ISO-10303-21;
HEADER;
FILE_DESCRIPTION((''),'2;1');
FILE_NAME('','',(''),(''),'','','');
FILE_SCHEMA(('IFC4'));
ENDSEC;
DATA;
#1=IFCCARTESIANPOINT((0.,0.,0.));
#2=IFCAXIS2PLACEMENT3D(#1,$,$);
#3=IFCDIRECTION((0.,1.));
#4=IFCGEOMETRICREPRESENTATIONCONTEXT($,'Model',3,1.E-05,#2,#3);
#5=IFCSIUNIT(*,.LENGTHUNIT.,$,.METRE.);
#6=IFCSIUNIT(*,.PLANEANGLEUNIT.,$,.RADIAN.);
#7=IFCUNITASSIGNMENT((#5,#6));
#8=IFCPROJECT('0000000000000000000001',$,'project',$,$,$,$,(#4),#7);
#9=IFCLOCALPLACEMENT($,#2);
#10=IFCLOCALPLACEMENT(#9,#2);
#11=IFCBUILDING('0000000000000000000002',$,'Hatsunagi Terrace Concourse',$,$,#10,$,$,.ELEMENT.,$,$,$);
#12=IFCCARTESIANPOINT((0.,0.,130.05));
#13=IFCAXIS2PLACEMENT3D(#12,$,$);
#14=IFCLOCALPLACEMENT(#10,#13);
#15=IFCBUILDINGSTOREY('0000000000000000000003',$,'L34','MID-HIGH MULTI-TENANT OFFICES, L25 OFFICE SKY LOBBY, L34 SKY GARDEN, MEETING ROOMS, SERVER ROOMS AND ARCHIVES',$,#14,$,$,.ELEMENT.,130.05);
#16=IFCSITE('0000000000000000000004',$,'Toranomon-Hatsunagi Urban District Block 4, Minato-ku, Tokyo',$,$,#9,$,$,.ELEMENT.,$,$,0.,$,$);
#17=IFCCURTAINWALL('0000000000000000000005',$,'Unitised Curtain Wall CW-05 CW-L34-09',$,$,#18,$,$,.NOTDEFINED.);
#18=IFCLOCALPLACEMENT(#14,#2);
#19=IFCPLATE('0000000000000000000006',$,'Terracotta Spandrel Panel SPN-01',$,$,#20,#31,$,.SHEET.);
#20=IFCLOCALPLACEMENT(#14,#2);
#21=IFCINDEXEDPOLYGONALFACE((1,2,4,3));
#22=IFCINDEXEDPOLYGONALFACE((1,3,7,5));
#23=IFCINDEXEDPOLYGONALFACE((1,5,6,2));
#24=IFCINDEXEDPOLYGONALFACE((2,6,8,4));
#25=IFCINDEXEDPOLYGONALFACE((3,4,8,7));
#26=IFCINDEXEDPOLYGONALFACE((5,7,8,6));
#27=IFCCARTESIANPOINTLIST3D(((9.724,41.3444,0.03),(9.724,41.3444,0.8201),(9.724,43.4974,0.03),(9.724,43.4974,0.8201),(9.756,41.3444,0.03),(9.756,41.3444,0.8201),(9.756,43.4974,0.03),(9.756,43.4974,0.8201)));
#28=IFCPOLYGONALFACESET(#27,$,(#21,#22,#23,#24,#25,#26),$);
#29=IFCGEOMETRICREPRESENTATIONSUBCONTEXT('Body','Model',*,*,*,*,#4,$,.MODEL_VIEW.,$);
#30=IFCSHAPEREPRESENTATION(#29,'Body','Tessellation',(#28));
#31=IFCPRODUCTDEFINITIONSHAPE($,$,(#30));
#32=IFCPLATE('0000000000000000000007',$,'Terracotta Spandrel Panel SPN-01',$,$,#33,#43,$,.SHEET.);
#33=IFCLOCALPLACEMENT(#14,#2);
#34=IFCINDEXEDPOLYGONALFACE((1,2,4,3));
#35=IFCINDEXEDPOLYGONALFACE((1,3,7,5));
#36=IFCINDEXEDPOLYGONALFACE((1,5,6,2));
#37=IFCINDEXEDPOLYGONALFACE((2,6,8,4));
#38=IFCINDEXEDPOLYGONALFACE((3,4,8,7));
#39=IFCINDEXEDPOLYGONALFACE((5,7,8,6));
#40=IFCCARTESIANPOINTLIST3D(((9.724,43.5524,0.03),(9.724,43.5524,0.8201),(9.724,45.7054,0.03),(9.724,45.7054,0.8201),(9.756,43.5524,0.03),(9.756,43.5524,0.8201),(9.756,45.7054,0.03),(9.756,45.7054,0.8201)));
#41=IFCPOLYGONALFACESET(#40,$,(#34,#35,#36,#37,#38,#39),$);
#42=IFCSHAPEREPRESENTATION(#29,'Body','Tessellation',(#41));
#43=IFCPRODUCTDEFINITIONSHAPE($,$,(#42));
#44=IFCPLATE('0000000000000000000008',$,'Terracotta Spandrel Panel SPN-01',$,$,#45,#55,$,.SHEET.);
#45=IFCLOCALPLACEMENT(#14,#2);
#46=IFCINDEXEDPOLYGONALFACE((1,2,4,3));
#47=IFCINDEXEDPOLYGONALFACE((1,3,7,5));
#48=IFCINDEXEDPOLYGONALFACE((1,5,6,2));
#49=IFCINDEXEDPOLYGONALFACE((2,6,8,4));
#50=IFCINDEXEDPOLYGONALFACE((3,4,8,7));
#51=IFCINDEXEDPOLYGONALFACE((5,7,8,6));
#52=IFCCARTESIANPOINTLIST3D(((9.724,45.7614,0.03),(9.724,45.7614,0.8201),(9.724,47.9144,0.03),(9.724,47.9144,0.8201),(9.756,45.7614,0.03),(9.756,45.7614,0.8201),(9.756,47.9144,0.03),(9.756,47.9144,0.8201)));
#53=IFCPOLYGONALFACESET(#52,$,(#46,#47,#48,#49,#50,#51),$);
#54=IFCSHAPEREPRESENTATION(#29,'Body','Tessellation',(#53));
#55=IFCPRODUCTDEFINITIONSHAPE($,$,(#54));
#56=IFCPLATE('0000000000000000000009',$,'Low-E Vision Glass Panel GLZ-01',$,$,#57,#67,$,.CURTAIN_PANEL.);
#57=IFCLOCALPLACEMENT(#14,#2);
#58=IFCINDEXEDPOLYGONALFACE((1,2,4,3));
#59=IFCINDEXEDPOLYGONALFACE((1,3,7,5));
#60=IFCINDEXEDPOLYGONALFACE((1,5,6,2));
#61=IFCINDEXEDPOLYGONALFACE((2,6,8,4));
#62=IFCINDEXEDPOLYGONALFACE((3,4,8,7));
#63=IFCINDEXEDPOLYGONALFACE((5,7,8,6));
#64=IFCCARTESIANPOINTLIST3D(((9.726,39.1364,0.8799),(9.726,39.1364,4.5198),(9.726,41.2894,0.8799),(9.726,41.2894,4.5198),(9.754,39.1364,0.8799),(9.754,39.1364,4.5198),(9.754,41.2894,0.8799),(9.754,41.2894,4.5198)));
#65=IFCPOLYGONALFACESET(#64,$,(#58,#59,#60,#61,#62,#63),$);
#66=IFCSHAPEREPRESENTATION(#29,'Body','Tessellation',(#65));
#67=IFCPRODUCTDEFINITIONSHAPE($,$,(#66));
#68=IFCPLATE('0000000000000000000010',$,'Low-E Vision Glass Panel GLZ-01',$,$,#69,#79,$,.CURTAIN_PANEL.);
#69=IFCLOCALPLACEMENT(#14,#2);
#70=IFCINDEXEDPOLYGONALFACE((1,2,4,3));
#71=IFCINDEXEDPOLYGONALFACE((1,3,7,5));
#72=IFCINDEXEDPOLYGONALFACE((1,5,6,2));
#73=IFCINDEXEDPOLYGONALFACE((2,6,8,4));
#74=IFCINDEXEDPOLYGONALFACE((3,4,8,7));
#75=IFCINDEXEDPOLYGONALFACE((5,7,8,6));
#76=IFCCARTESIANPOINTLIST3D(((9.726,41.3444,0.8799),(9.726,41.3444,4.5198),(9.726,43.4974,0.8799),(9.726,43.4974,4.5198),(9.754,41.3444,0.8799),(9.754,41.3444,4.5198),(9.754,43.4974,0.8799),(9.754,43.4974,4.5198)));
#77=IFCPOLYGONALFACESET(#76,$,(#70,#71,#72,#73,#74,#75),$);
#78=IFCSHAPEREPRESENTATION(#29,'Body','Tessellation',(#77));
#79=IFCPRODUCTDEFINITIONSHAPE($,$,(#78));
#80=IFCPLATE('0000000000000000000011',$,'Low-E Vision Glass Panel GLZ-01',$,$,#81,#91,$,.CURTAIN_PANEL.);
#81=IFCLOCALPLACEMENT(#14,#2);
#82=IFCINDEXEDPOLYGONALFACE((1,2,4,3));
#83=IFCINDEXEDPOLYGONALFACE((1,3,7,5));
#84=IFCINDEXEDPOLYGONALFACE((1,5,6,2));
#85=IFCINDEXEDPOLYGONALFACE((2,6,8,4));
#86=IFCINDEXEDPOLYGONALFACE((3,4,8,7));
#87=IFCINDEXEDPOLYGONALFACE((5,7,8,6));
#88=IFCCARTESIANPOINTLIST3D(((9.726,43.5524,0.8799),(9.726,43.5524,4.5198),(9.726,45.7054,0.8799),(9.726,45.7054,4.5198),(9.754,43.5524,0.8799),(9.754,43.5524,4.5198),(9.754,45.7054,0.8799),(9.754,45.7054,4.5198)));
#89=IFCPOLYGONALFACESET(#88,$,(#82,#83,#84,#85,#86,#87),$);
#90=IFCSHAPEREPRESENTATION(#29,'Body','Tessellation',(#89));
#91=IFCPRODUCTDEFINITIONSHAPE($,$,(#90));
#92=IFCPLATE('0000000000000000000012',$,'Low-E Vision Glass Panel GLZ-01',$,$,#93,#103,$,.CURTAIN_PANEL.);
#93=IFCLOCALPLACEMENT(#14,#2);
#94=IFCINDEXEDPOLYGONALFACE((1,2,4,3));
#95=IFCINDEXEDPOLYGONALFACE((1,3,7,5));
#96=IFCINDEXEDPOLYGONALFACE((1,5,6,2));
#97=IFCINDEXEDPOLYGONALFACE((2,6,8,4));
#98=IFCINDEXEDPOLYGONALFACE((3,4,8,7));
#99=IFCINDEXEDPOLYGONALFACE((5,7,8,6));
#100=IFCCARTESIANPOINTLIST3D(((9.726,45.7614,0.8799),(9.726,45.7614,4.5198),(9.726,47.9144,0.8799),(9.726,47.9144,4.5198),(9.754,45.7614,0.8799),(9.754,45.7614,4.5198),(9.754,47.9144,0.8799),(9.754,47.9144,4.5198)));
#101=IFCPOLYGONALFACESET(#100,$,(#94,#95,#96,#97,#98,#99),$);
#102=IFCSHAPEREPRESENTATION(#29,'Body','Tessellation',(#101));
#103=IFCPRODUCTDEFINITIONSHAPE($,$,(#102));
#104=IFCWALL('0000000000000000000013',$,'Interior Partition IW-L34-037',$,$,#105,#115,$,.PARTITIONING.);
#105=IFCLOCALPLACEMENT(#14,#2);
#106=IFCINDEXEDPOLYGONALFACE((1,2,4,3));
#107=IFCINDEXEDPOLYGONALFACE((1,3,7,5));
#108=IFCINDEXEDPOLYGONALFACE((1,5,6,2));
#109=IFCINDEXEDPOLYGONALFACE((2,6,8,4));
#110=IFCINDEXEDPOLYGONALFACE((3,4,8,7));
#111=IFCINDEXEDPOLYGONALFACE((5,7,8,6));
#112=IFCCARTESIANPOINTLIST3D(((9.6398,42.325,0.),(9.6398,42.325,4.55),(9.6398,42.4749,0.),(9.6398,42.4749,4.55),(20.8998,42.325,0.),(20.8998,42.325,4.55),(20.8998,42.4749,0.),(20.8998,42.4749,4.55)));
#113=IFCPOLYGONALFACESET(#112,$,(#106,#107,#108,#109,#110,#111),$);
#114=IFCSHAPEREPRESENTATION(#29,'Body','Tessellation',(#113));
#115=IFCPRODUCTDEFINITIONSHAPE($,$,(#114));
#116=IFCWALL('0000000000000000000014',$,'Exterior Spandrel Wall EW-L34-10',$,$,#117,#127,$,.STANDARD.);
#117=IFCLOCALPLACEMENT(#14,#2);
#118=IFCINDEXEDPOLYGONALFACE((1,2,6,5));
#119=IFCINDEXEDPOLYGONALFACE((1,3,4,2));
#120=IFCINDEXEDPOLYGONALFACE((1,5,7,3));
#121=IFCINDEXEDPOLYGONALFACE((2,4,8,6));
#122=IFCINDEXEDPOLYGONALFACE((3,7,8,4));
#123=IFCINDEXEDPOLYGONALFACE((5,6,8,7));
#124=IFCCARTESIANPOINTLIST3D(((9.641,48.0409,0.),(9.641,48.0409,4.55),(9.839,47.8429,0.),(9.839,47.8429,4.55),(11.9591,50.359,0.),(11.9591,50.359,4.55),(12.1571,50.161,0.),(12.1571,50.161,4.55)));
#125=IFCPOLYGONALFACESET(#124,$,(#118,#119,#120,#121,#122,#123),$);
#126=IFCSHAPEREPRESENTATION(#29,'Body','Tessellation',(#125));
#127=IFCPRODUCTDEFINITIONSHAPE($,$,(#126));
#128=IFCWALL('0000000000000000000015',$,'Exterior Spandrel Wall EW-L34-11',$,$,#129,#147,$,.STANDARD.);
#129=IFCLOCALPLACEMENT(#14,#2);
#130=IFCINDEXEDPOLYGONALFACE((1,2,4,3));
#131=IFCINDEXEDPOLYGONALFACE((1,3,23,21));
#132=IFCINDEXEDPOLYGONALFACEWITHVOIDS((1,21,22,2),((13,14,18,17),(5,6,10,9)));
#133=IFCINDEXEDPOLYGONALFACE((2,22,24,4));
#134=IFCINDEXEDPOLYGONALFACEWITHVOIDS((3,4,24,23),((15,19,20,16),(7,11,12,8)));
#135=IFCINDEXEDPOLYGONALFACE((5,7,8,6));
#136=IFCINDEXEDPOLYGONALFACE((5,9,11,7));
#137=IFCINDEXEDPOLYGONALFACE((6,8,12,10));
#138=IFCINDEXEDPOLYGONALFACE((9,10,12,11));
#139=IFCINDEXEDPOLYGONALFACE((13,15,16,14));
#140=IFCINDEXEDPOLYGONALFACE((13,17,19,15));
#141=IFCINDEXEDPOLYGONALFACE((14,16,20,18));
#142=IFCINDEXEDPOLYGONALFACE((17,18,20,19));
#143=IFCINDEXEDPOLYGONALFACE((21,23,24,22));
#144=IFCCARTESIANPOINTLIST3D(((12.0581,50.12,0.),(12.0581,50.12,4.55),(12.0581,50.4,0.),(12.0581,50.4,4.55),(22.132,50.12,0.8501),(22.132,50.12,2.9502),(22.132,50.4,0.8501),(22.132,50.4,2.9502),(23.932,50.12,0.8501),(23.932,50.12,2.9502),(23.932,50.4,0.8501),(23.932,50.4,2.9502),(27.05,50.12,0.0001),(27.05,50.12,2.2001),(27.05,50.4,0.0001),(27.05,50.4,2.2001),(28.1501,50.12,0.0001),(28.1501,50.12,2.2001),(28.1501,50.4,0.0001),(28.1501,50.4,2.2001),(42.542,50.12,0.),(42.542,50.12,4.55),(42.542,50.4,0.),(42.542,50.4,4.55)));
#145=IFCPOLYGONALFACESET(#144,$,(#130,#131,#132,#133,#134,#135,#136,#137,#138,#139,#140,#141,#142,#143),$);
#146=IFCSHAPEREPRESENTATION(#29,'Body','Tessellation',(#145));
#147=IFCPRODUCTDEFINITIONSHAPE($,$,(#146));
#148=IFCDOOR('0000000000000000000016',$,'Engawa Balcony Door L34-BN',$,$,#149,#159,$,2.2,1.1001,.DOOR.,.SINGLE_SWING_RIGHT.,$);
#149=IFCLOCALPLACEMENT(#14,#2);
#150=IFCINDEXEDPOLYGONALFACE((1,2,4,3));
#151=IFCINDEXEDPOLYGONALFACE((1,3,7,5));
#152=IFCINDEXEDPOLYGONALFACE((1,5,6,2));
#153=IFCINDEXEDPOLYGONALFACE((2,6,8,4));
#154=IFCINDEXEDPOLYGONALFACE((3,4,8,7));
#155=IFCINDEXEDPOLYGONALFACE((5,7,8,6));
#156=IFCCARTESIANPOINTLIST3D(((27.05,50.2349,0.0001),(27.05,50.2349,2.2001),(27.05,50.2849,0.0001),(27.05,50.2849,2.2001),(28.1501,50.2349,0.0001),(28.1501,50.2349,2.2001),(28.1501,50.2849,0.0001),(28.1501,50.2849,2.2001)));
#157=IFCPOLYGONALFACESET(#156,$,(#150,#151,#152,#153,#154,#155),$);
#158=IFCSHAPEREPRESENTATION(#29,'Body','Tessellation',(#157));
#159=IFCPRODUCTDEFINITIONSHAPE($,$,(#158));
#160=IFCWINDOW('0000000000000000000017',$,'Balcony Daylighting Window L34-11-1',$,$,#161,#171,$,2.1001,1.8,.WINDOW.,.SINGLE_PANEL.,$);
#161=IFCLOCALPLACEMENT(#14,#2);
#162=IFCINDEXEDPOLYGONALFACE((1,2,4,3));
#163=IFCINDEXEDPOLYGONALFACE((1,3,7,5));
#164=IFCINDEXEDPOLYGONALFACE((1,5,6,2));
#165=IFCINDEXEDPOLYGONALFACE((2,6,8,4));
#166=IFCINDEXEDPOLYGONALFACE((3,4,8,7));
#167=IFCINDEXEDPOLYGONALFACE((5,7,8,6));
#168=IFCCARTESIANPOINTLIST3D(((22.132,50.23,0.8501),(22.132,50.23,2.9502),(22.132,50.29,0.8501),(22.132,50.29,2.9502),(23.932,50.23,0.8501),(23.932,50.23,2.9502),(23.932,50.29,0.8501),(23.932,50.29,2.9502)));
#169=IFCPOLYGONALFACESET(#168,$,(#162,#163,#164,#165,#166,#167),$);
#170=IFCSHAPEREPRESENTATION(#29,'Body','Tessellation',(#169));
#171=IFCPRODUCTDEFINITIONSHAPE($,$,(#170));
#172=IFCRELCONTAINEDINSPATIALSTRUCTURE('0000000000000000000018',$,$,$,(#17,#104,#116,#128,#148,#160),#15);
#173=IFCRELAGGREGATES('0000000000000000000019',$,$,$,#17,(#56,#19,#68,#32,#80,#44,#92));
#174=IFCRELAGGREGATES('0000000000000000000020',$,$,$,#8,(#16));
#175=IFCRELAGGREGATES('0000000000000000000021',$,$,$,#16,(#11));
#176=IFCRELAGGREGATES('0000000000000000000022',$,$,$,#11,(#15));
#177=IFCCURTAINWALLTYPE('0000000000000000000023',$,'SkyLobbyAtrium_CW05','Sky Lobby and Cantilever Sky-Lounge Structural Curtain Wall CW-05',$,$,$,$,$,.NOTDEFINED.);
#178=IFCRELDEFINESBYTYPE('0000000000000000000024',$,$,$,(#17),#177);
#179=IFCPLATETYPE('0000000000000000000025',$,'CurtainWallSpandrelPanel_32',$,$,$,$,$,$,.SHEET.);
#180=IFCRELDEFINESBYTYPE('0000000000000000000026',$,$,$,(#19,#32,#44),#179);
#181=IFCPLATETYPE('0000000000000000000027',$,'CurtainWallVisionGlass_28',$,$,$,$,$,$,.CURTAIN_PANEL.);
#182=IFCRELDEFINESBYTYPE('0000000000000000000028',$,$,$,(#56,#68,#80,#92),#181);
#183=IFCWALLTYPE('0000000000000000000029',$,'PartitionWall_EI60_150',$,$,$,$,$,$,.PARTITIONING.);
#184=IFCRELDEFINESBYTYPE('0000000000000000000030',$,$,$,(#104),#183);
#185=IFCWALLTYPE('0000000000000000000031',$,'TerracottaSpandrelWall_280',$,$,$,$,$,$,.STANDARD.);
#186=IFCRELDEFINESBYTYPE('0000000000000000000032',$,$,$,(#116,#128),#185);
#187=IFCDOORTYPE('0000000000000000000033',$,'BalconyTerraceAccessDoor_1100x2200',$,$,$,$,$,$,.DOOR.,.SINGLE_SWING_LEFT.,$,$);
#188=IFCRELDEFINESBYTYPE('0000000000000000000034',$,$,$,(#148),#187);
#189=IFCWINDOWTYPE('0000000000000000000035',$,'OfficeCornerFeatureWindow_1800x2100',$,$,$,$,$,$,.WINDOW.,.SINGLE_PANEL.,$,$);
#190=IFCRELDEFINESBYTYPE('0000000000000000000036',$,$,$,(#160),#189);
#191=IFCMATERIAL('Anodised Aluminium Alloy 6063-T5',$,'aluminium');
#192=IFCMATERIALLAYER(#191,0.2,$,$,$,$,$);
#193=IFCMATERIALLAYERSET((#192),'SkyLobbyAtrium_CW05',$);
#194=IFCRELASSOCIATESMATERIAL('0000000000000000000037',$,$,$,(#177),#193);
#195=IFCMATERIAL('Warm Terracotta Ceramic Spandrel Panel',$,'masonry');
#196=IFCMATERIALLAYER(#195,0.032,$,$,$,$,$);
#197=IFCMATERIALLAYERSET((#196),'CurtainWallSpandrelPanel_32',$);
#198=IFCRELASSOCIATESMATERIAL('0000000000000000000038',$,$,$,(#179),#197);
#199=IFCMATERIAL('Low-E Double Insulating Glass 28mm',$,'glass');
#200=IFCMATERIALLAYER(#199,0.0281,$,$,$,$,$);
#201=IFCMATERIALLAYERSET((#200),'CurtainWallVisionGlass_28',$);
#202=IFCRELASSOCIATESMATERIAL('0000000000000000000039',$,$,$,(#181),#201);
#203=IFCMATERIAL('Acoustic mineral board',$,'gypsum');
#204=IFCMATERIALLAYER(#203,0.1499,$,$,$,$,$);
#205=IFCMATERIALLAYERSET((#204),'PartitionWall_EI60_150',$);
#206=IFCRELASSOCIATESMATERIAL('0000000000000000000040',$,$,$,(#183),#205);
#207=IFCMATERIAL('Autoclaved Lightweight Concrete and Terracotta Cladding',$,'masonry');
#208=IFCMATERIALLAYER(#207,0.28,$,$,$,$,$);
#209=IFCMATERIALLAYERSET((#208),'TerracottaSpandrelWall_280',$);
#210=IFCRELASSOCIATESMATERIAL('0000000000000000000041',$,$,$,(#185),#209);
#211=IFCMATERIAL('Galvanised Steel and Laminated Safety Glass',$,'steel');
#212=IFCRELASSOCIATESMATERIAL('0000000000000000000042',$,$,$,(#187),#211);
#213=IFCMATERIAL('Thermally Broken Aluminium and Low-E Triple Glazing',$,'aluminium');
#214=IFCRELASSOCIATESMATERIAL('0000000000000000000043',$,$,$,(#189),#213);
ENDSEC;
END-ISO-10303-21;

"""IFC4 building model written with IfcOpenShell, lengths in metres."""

from ifc_helpers import new_model, si_unit, direction, frame, frame_2d, origin, origin_2d, place, context, subcontext, project, spatial, rectangle, extrude, material, layer, layer_set, type_object, element, fill, aggregate, save


model = new_model("IFC4")

# Units and contexts
model_context = context("Model", 3, precision=1e-05, world=origin(), true_north=direction((0.0, 1.0)))
body_context = subcontext(model_context, "Body", "Model", "MODEL_VIEW")
ifc_project = project(units=[si_unit("LENGTHUNIT", "METRE"), si_unit("PLANEANGLEUNIT", "RADIAN")], contexts=[model_context])

# Site, building, storey
site_placement = place(None, origin())
site = spatial("IfcSite", under=ifc_project, at=site_placement, Name="Toranomon-Hatsunagi Urban District Block 4, Minato-ku, Tokyo", CompositionType="ELEMENT", RefElevation=0.0)
building_placement = place(site_placement, origin())
building = spatial("IfcBuilding", under=site, at=building_placement, Name="Hatsunagi Terrace Concourse", CompositionType="ELEMENT")
storey_placement = place(building_placement, frame((0.0, 0.0, 130.05)))
storey = spatial("IfcBuildingStorey", under=building, at=storey_placement, Name="L34", Description="MID-HIGH MULTI-TENANT OFFICES, L25 OFFICE SKY LOBBY, L34 SKY GARDEN, MEETING ROOMS, SERVER ROOMS AND ARCHIVES", CompositionType="ELEMENT", Elevation=130.05)

# Curtain wall
ifc_material_1 = material(Name="Anodised Aluminium Alloy 6063-T5", Category="aluminium")
ifc_layer_1 = layer(ifc_material_1, 0.2)
ifc_layer_set_1 = layer_set([ifc_layer_1], Name="SkyLobbyAtrium_CW05")
curtain_wall_type = type_object("IfcCurtainWallType", Name="SkyLobbyAtrium_CW05", Description="Sky Lobby and Cantilever Sky-Lounge Structural Curtain Wall CW-05", PredefinedType="NOTDEFINED", material=ifc_layer_set_1)
curtain_wall_placement = place(storey_placement, origin())
curtain_wall = element("IfcCurtainWall", 1, at=curtain_wall_placement, inside=storey, type_object=curtain_wall_type, Name="Unitised Curtain Wall CW-05 CW-L34-09", PredefinedType="NOTDEFINED")

# Plates
ifc_material_2 = material(Name="Warm Terracotta Ceramic Spandrel Panel", Category="masonry")
ifc_layer_2 = layer(ifc_material_2, 0.032)
ifc_layer_set_2 = layer_set([ifc_layer_2], Name="CurtainWallSpandrelPanel_32")
plate_type_1 = type_object("IfcPlateType", Name="CurtainWallSpandrelPanel_32", PredefinedType="SHEET", material=ifc_layer_set_2)
plate_1_placement = place(storey_placement, frame((9.74, 42.4209, 0.03), z_axis=(0.0, 0.0, 1.0), x_axis=(0.0, 1.0, 0.0)))
plate_1 = element("IfcPlate", 2, at=plate_1_placement, type_object=plate_type_1, Name="Terracotta Spandrel Panel SPN-01", PredefinedType="SHEET", context=body_context, shape_type="SweptSolid", body=[
    extrude(rectangle(XDim=2.1531, YDim=0.032, at=origin_2d()), origin(), (0.0, 0.0, 1.0), 0.79),
])
plate_2_placement = place(storey_placement, frame((9.74, 44.6289, 0.03), z_axis=(0.0, 0.0, 1.0), x_axis=(0.0, 1.0, 0.0)))
plate_2 = element("IfcPlate", 3, at=plate_2_placement, type_object=plate_type_1, Name="Terracotta Spandrel Panel SPN-01", PredefinedType="SHEET", context=body_context, shape_type="SweptSolid", body=[
    extrude(rectangle(XDim=2.1531, YDim=0.032, at=origin_2d()), origin(), (0.0, 0.0, 1.0), 0.79),
])
plate_3_placement = place(storey_placement, frame((9.74, 46.8379, 0.03), z_axis=(0.0, 0.0, 1.0), x_axis=(0.0, 1.0, 0.0)))
plate_3 = element("IfcPlate", 4, at=plate_3_placement, type_object=plate_type_1, Name="Terracotta Spandrel Panel SPN-01", PredefinedType="SHEET", context=body_context, shape_type="SweptSolid", body=[
    extrude(rectangle(XDim=2.1531, YDim=0.032, at=origin_2d()), origin(), (0.0, 0.0, 1.0), 0.79),
])
ifc_material_3 = material(Name="Low-E Double Insulating Glass 28mm", Category="glass")
ifc_layer_3 = layer(ifc_material_3, 0.0281)
ifc_layer_set_3 = layer_set([ifc_layer_3], Name="CurtainWallVisionGlass_28")
plate_type_2 = type_object("IfcPlateType", Name="CurtainWallVisionGlass_28", PredefinedType="CURTAIN_PANEL", material=ifc_layer_set_3)
plate_4_placement = place(storey_placement, frame((9.74, 40.2129, 0.8799), z_axis=(0.0, 0.0, 1.0), x_axis=(0.0, 1.0, 0.0)))
plate_4 = element("IfcPlate", 5, at=plate_4_placement, type_object=plate_type_2, Name="Low-E Vision Glass Panel GLZ-01", PredefinedType="CURTAIN_PANEL", context=body_context, shape_type="SweptSolid", body=[
    extrude(rectangle(XDim=2.1531, YDim=0.0281, at=origin_2d()), origin(), (0.0, 0.0, 1.0), 3.6399),
])
plate_5_placement = place(storey_placement, frame((9.74, 42.4209, 0.8799), z_axis=(0.0, 0.0, 1.0), x_axis=(0.0, 1.0, 0.0)))
plate_5 = element("IfcPlate", 6, at=plate_5_placement, type_object=plate_type_2, Name="Low-E Vision Glass Panel GLZ-01", PredefinedType="CURTAIN_PANEL", context=body_context, shape_type="SweptSolid", body=[
    extrude(rectangle(XDim=2.1531, YDim=0.0281, at=origin_2d()), origin(), (0.0, 0.0, 1.0), 3.6399),
])
plate_6_placement = place(storey_placement, frame((9.74, 44.6289, 0.8799), z_axis=(0.0, 0.0, 1.0), x_axis=(0.0, 1.0, 0.0)))
plate_6 = element("IfcPlate", 7, at=plate_6_placement, type_object=plate_type_2, Name="Low-E Vision Glass Panel GLZ-01", PredefinedType="CURTAIN_PANEL", context=body_context, shape_type="SweptSolid", body=[
    extrude(rectangle(XDim=2.1531, YDim=0.0281, at=origin_2d()), origin(), (0.0, 0.0, 1.0), 3.6399),
])
plate_7_placement = place(storey_placement, frame((9.74, 46.8379, 0.8799), z_axis=(0.0, 0.0, 1.0), x_axis=(0.0, 1.0, 0.0)))
plate_7 = element("IfcPlate", 8, at=plate_7_placement, type_object=plate_type_2, Name="Low-E Vision Glass Panel GLZ-01", PredefinedType="CURTAIN_PANEL", context=body_context, shape_type="SweptSolid", body=[
    extrude(rectangle(XDim=2.1531, YDim=0.0281, at=origin_2d()), origin(), (0.0, 0.0, 1.0), 3.6399),
])
aggregate(curtain_wall, [plate_4, plate_1, plate_5, plate_2, plate_6, plate_3, plate_7])

# Walls
ifc_material_4 = material(Name="Acoustic mineral board", Category="gypsum")
ifc_layer_4 = layer(ifc_material_4, 0.1499)
ifc_layer_set_4 = layer_set([ifc_layer_4], Name="PartitionWall_EI60_150")
wall_type_1 = type_object("IfcWallType", Name="PartitionWall_EI60_150", PredefinedType="PARTITIONING", material=ifc_layer_set_4)
wall_1_placement = place(storey_placement, frame((9.6399, 42.3999, 0.0), z_axis=(0.0, 0.0, 1.0), x_axis=(1.0, 0.0, 0.0)))
element("IfcWall", 9, at=wall_1_placement, inside=storey, type_object=wall_type_1, Name="Interior Partition IW-L34-037", PredefinedType="PARTITIONING", context=body_context, shape_type="SweptSolid", body=[
    extrude(rectangle(XDim=11.26, YDim=0.1499, at=frame_2d((5.6299, 0.0))), origin(), (0.0, 0.0, 1.0), 4.55),
])
ifc_material_5 = material(Name="Autoclaved Lightweight Concrete and Terracotta Cladding", Category="masonry")
ifc_layer_5 = layer(ifc_material_5, 0.28)
ifc_layer_set_5 = layer_set([ifc_layer_5], Name="TerracottaSpandrelWall_280")
wall_type_2 = type_object("IfcWallType", Name="TerracottaSpandrelWall_280", PredefinedType="STANDARD", material=ifc_layer_set_5)
wall_2_placement = place(storey_placement, frame((9.74, 47.9419, 0.0), z_axis=(0.0, 0.0, 1.0), x_axis=(0.707107, 0.707107, 0.0)))
element("IfcWall", 10, at=wall_2_placement, inside=storey, type_object=wall_type_2, Name="Exterior Spandrel Wall EW-L34-10", PredefinedType="STANDARD", context=body_context, shape_type="SweptSolid", body=[
    extrude(rectangle(XDim=3.2783, YDim=0.28, at=frame_2d((1.6392, 0.0))), origin(), (0.0, 0.0, 1.0), 4.55),
])

# Wall, openings, door, window
wall_3_placement = place(storey_placement, frame((12.0581, 50.26, 0.0), z_axis=(0.0, 0.0, 1.0), x_axis=(1.0, 0.0, 0.0)))
wall_3 = element("IfcWall", 11, at=wall_3_placement, inside=storey, type_object=wall_type_2, Name="Exterior Spandrel Wall EW-L34-11", PredefinedType="STANDARD", context=body_context, shape_type="SweptSolid", body=[
    extrude(rectangle(XDim=30.4839, YDim=0.28, at=frame_2d((15.2419, 0.0))), origin(), (0.0, 0.0, 1.0), 4.55),
])
opening_1_placement = place(wall_3_placement, frame((14.9919, 0.0, 0.0)))
opening_1 = element("IfcOpeningElement", 12, at=opening_1_placement, cuts=wall_3, PredefinedType="OPENING", context=body_context, shape_type="SweptSolid", body=[
    extrude(rectangle(XDim=1.1001, YDim=2.2, at=frame_2d((0.55, 1.1001))), frame((0.0, 0.1499, 0.0), z_axis=(0.0, -1.0, 0.0), x_axis=(1.0, 0.0, 0.0)), (0.0, 0.0, 1.0), 0.3),
])
opening_2_placement = place(wall_3_placement, frame((10.074, 0.0, 0.8501)))
opening_2 = element("IfcOpeningElement", 13, at=opening_2_placement, cuts=wall_3, PredefinedType="OPENING", context=body_context, shape_type="SweptSolid", body=[
    extrude(rectangle(XDim=1.8, YDim=2.1001, at=frame_2d((0.8999, 1.05))), frame((0.0, 0.1499, 0.0), z_axis=(0.0, -1.0, 0.0), x_axis=(1.0, 0.0, 0.0)), (0.0, 0.0, 1.0), 0.3),
])
ifc_material_6 = material(Name="Galvanised Steel and Laminated Safety Glass", Category="steel")
door_type = type_object("IfcDoorType", Name="BalconyTerraceAccessDoor_1100x2200", OperationType="SINGLE_SWING_LEFT", PredefinedType="DOOR", material=ifc_material_6)
door_placement = place(opening_1_placement, origin())
door = element("IfcDoor", 14, at=door_placement, inside=storey, type_object=door_type, Name="Engawa Balcony Door L34-BN", OperationType="SINGLE_SWING_RIGHT", OverallHeight=2.2, OverallWidth=1.1001, PredefinedType="DOOR", context=body_context, shape_type="SweptSolid", body=[
    extrude(rectangle(XDim=1.1001, YDim=2.2, at=frame_2d((0.55, 1.1001))), frame((0.0, 0.0249, 0.0), z_axis=(0.0, -1.0, 0.0), x_axis=(1.0, 0.0, 0.0)), (0.0, 0.0, 1.0), 0.05),
])
fill(opening_1, door)
ifc_material_7 = material(Name="Thermally Broken Aluminium and Low-E Triple Glazing", Category="aluminium")
window_type = type_object("IfcWindowType", Name="OfficeCornerFeatureWindow_1800x2100", PartitioningType="SINGLE_PANEL", PredefinedType="WINDOW", material=ifc_material_7)
window_placement = place(opening_2_placement, origin())
window = element("IfcWindow", 15, at=window_placement, inside=storey, type_object=window_type, Name="Balcony Daylighting Window L34-11-1", OverallHeight=2.1001, OverallWidth=1.8, PartitioningType="SINGLE_PANEL", PredefinedType="WINDOW", context=body_context, shape_type="SweptSolid", body=[
    extrude(rectangle(XDim=1.8, YDim=2.1001, at=frame_2d((0.8999, 1.05))), frame((0.0, 0.03, 0.0), z_axis=(0.0, -1.0, 0.0), x_axis=(1.0, 0.0, 0.0)), (0.0, 0.0, 1.0), 0.0601),
])
fill(opening_2, window)

save(model, "model.ifc")
